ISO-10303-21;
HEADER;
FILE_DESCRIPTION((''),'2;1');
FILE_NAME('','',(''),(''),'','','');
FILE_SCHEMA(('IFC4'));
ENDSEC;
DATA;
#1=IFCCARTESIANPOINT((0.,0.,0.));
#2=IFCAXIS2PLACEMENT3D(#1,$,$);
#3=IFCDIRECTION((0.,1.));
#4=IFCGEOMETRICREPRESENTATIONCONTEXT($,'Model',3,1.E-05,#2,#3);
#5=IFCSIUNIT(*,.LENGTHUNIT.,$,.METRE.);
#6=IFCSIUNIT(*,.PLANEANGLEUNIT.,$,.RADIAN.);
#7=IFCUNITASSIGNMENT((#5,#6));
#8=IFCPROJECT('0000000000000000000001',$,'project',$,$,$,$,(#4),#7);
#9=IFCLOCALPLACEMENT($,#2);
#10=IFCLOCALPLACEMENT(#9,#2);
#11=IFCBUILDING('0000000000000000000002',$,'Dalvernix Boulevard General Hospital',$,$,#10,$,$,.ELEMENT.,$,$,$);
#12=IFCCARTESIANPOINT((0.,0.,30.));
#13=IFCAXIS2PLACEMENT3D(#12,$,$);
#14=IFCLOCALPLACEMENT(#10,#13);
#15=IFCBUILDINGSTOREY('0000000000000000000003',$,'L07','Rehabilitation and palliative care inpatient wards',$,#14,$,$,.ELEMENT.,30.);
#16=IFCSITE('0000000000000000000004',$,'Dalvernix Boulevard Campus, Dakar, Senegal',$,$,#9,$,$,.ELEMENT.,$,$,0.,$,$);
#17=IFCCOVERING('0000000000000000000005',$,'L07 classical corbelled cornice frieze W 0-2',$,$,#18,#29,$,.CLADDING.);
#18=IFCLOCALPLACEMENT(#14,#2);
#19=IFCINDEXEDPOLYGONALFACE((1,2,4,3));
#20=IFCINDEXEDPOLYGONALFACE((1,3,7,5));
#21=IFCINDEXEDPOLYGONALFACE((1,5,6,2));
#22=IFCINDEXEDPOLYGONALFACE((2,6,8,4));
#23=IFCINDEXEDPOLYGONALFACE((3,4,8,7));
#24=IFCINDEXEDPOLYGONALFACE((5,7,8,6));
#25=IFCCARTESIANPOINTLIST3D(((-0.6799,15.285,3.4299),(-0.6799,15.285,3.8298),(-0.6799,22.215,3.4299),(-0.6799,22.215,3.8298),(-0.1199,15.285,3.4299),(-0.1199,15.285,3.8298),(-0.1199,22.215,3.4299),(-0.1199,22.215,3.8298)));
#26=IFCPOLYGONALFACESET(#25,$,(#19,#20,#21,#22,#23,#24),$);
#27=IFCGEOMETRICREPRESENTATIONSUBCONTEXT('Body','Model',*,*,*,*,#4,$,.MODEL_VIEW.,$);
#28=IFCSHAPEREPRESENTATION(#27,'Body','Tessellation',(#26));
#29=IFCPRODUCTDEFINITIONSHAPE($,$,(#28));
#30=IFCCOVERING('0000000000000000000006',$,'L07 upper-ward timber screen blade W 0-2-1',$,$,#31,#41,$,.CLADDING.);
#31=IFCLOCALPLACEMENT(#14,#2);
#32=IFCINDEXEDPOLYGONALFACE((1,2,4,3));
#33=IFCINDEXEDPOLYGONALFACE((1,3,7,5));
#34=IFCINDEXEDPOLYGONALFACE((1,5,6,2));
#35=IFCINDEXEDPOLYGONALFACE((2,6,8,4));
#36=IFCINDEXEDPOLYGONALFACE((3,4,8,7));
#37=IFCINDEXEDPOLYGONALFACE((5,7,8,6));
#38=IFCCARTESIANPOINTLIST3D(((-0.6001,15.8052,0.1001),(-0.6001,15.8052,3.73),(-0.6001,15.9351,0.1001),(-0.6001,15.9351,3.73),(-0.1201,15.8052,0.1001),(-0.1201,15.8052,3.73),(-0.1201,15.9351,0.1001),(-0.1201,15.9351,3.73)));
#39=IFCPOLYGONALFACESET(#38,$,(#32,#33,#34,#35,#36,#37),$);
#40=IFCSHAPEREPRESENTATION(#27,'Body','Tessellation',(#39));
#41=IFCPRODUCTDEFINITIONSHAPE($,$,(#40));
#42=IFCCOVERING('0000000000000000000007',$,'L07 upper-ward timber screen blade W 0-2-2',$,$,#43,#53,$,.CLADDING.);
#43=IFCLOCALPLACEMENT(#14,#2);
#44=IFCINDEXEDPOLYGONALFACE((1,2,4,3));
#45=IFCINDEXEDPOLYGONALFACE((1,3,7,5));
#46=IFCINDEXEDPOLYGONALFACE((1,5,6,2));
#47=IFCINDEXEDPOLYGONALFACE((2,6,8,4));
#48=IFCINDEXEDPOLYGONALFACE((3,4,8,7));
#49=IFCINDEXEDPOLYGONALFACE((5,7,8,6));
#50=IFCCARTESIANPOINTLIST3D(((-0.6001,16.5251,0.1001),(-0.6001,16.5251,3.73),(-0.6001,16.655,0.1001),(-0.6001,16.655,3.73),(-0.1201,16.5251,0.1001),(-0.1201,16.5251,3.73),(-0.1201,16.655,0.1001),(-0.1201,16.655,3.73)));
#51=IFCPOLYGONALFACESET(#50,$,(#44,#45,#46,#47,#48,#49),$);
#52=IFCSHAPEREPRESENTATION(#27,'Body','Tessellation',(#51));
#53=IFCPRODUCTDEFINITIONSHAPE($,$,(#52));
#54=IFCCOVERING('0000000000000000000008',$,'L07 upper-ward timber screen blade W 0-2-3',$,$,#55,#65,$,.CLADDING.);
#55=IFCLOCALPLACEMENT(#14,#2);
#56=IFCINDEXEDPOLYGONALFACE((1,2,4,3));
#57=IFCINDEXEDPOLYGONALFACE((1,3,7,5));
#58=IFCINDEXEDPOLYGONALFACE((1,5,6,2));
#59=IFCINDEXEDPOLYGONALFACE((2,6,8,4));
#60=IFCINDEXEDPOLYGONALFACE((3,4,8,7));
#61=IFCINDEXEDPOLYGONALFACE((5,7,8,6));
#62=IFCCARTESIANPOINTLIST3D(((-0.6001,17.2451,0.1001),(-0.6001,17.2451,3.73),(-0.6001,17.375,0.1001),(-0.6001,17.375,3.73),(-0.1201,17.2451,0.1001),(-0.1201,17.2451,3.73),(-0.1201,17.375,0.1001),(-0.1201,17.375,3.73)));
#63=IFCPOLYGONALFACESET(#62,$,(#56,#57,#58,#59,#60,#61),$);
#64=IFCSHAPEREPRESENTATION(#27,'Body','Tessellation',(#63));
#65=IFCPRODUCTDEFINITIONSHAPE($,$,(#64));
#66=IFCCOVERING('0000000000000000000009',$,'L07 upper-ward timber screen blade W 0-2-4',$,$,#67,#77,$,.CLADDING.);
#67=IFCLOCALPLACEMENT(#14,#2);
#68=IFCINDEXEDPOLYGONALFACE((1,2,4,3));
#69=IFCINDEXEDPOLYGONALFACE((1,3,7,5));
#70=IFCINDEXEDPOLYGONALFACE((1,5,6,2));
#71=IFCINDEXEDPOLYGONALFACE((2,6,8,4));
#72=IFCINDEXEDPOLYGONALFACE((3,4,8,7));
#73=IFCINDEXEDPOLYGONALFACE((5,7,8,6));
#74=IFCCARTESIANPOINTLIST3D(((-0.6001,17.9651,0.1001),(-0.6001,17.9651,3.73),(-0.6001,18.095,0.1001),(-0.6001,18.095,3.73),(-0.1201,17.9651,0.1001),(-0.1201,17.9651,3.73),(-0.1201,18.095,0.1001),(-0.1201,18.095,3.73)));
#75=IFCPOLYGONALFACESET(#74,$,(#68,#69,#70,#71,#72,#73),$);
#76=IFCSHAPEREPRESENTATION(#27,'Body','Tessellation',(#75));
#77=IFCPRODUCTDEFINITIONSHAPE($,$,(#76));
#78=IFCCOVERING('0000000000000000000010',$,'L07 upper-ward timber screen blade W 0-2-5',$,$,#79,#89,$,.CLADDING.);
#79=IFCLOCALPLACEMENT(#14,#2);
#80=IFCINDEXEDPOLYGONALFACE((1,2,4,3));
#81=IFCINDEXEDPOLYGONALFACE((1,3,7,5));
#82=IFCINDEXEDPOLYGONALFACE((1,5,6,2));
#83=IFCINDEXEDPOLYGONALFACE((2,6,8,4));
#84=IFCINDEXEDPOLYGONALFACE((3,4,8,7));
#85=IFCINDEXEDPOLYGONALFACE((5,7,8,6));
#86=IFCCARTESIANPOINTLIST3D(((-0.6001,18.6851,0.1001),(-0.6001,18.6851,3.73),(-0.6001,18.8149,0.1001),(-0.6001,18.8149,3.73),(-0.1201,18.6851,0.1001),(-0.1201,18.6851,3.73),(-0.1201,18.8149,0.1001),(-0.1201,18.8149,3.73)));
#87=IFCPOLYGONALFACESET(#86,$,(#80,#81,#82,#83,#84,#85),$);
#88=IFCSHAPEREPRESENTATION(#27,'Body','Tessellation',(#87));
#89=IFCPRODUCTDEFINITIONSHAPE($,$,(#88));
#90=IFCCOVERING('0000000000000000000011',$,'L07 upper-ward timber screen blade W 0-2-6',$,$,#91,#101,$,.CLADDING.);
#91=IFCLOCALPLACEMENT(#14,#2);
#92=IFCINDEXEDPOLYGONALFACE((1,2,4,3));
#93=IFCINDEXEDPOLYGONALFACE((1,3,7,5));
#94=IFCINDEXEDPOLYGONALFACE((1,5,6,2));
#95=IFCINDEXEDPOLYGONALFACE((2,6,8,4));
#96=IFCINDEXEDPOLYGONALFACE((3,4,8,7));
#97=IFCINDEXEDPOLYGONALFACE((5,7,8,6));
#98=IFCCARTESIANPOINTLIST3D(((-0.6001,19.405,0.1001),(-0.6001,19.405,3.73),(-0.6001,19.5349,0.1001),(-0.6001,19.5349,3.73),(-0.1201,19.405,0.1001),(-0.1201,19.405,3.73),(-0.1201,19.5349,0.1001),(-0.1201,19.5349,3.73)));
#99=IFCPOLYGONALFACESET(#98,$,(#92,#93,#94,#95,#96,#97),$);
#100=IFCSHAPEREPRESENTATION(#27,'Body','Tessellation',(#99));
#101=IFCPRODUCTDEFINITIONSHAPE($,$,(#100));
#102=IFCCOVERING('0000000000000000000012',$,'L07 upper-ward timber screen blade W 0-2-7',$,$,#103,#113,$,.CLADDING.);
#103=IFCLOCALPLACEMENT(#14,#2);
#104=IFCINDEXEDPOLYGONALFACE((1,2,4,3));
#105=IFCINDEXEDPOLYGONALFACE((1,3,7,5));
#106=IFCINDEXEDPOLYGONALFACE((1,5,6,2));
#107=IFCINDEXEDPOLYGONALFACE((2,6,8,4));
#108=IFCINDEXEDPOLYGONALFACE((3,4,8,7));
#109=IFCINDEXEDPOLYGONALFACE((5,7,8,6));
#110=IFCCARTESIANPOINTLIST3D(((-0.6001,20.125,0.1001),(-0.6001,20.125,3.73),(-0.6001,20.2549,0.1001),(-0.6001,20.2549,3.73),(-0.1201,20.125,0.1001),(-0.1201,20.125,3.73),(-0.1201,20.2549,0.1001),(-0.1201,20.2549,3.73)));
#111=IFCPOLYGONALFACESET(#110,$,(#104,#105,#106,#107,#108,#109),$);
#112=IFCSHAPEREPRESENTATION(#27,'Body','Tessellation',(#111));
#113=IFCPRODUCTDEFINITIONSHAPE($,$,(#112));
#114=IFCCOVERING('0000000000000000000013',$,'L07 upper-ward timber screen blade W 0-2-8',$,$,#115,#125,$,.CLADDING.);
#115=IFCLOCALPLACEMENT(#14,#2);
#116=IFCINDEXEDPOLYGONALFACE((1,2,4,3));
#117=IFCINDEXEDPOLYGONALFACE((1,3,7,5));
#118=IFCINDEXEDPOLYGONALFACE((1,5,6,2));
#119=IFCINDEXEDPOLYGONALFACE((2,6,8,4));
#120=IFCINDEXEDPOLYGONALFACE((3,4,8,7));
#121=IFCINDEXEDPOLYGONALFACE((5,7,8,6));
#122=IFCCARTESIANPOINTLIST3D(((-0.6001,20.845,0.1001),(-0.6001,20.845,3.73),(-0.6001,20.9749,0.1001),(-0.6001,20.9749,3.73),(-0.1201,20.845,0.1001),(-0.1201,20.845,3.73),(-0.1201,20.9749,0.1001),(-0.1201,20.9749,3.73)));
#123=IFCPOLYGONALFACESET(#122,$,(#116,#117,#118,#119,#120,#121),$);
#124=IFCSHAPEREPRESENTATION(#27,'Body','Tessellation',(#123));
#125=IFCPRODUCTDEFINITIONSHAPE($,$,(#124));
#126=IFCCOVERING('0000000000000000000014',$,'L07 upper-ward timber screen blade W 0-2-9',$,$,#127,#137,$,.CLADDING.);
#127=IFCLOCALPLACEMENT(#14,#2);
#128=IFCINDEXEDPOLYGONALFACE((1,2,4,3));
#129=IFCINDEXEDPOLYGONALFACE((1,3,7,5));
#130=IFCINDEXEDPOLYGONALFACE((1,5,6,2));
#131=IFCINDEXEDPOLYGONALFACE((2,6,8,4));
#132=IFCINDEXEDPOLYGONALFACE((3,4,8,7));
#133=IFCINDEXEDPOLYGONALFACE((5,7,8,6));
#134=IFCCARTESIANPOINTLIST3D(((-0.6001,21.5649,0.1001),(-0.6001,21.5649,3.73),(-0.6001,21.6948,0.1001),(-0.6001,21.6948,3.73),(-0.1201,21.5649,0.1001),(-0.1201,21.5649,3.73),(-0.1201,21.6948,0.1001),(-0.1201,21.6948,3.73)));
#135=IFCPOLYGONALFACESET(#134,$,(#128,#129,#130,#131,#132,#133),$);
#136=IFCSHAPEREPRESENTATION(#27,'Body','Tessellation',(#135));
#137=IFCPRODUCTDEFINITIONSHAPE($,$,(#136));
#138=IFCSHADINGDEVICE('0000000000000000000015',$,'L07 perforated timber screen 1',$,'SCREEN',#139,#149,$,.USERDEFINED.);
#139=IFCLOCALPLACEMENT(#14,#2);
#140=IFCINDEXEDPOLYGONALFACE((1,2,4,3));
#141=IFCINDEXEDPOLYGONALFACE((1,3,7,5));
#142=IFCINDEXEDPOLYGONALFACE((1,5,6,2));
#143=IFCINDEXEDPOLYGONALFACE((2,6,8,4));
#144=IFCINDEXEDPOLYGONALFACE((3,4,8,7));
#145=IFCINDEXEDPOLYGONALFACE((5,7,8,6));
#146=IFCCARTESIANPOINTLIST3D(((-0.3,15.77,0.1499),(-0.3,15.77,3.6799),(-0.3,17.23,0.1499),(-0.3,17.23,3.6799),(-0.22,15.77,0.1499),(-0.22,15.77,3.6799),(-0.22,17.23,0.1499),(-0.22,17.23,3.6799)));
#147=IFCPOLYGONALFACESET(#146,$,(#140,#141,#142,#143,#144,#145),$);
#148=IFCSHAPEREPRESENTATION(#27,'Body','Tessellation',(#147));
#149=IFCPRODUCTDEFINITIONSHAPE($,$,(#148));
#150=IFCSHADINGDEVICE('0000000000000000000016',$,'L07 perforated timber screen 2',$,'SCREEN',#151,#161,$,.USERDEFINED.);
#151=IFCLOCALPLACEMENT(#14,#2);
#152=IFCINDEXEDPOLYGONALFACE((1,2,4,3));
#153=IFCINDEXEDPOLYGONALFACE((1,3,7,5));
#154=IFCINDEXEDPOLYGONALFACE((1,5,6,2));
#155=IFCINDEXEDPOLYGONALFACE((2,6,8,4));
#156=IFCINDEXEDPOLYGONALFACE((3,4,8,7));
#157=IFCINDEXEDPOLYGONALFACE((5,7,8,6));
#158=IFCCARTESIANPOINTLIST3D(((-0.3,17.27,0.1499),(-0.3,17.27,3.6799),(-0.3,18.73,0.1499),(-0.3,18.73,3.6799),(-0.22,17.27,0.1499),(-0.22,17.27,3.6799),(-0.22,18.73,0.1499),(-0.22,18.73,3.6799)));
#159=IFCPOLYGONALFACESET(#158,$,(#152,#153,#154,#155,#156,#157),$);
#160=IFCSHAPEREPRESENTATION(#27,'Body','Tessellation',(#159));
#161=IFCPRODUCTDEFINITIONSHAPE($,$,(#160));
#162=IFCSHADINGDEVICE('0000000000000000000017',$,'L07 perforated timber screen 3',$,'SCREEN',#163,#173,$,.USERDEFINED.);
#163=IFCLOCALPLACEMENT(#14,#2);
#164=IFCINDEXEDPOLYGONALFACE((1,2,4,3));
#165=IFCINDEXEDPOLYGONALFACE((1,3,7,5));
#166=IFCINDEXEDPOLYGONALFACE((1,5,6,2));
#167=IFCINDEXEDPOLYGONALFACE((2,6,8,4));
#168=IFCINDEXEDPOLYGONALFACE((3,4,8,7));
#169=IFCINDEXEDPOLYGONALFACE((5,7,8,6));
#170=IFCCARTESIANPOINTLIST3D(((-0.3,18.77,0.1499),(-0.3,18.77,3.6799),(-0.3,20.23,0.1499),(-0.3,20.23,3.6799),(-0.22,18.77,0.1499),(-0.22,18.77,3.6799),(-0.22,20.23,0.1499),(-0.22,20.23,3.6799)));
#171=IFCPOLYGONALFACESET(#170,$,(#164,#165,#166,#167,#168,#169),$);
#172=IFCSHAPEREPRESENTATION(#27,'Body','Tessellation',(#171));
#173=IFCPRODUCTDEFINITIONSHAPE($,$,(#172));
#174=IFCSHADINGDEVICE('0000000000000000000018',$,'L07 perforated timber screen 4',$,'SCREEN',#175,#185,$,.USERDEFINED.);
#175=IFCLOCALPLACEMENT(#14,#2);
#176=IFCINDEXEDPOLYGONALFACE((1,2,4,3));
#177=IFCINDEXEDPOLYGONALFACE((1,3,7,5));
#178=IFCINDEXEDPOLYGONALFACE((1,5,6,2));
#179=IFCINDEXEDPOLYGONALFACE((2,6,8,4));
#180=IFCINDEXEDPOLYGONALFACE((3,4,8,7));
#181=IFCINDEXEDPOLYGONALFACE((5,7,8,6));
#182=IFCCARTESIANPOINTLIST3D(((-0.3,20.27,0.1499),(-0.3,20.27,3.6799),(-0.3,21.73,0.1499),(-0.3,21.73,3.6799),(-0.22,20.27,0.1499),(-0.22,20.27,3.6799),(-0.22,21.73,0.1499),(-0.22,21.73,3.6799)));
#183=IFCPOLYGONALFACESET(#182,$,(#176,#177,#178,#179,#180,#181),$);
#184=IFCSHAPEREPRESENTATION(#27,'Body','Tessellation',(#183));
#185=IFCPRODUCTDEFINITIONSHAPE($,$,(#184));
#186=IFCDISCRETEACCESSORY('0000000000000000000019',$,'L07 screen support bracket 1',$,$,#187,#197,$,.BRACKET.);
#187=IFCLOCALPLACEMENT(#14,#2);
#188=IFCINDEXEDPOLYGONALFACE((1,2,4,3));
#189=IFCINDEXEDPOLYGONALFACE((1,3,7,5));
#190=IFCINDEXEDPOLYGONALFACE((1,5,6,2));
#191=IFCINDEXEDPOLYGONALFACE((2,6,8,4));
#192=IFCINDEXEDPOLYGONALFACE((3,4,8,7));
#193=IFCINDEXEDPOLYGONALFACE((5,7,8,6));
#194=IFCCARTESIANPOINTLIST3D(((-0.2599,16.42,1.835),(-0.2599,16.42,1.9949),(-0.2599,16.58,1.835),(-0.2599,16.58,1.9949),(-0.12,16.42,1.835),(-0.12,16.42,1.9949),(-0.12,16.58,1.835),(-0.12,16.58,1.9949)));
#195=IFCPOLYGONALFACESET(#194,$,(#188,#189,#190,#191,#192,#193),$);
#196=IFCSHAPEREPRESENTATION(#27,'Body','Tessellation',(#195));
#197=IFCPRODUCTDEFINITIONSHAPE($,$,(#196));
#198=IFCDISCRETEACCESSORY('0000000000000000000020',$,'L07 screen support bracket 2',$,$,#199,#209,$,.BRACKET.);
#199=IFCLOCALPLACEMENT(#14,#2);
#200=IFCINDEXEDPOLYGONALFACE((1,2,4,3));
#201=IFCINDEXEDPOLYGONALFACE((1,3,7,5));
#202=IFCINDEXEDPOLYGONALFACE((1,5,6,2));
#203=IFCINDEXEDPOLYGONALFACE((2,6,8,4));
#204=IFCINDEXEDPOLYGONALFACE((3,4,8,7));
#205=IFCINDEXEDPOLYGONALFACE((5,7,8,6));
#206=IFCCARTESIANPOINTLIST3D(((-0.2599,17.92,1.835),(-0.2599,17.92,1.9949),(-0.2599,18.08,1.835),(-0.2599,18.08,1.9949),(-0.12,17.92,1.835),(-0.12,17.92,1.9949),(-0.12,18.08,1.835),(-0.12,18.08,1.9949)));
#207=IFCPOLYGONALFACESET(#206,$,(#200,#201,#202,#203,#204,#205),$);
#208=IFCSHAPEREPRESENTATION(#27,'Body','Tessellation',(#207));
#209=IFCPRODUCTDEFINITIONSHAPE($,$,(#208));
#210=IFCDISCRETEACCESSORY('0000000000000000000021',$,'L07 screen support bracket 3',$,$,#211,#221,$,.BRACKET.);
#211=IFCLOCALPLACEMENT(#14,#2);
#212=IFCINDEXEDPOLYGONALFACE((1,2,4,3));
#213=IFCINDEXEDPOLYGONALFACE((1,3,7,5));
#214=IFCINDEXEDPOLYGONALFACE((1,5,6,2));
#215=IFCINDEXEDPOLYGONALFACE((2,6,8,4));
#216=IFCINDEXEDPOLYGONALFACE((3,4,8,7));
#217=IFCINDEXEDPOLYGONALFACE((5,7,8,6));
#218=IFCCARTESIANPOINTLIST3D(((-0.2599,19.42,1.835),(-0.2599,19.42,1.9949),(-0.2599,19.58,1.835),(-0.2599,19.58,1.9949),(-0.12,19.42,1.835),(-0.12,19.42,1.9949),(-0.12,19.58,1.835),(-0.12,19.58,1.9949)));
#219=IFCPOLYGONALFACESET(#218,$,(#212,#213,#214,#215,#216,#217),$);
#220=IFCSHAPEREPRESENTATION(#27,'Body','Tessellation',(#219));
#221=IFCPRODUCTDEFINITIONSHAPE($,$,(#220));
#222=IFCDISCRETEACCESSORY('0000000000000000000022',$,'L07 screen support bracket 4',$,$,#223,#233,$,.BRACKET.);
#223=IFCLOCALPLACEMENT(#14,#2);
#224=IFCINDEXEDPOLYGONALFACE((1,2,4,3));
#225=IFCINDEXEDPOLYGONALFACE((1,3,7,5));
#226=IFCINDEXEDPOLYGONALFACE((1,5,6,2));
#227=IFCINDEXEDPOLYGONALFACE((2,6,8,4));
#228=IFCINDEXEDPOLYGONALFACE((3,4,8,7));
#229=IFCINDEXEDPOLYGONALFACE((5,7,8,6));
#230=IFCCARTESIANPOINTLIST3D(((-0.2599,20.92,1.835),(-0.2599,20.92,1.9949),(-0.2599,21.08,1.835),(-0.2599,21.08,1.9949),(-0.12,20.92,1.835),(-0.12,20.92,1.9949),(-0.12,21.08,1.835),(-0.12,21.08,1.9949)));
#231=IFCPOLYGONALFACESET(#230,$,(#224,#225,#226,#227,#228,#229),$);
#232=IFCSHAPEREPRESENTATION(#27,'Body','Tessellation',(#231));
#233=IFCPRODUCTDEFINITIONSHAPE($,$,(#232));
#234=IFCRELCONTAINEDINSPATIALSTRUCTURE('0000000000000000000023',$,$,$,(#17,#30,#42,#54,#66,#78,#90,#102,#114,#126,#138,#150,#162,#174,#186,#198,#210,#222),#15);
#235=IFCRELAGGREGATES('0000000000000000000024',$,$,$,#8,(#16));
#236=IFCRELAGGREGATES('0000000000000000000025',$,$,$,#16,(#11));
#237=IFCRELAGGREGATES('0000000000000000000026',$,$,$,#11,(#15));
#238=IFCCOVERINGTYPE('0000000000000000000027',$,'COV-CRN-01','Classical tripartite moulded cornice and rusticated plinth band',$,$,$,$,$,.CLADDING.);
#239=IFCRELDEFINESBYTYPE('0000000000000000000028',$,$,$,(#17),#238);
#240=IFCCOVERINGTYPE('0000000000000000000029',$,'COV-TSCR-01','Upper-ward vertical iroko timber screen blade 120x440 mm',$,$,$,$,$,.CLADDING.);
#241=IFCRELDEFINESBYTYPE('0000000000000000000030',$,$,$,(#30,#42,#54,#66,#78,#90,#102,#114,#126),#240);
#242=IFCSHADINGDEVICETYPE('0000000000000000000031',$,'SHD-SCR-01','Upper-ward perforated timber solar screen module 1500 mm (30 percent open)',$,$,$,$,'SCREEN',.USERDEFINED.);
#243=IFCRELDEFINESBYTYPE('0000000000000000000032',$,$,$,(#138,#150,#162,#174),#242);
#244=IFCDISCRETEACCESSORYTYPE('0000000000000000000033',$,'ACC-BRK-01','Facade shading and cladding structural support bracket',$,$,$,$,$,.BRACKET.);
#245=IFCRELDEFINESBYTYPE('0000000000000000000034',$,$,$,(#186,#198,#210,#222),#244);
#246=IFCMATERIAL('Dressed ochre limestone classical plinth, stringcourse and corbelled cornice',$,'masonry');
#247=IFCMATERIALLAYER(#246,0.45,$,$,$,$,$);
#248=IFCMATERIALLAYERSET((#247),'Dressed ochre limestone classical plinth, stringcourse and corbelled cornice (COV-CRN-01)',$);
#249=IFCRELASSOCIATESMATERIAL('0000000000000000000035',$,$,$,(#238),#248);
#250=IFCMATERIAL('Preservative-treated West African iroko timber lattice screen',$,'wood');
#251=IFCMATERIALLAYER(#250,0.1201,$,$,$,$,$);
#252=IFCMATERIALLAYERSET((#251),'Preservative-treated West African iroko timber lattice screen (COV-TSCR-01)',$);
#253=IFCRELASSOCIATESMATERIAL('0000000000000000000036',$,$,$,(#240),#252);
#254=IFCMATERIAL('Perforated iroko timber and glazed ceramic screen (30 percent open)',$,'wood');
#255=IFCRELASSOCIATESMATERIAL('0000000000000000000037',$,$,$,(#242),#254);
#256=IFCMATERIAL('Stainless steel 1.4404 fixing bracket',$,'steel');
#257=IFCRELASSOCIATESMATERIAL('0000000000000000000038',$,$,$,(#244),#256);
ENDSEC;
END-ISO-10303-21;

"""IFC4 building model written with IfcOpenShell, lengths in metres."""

from ifc_helpers import new_model, si_unit, direction, frame, origin, origin_2d, place, context, subcontext, project, spatial, rectangle, extrude, material, layer, layer_set, type_object, element, save


model = new_model("IFC4")

# Units and contexts
model_context = context("Model", 3, precision=1e-05, world=origin(), true_north=direction((0.0, 1.0)))
body_context = subcontext(model_context, "Body", "Model", "MODEL_VIEW")
ifc_project = project(units=[si_unit("LENGTHUNIT", "METRE"), si_unit("PLANEANGLEUNIT", "RADIAN")], contexts=[model_context])

# Site, building, storey
site_placement = place(None, origin())
site = spatial("IfcSite", under=ifc_project, at=site_placement, Name="Dalvernix Boulevard Campus, Dakar, Senegal", CompositionType="ELEMENT", RefElevation=0.0)
building_placement = place(site_placement, origin())
building = spatial("IfcBuilding", under=site, at=building_placement, Name="Dalvernix Boulevard General Hospital", CompositionType="ELEMENT")
storey_placement = place(building_placement, frame((0.0, 0.0, 30.0)))
storey = spatial("IfcBuildingStorey", under=building, at=storey_placement, Name="L07", Description="Rehabilitation and palliative care inpatient wards", CompositionType="ELEMENT", Elevation=30.0)

# Coverings
ifc_material_1 = material(Name="Dressed ochre limestone classical plinth, stringcourse and corbelled cornice", Category="masonry")
ifc_layer_1 = layer(ifc_material_1, 0.45)
ifc_layer_set_1 = layer_set([ifc_layer_1], Name="Dressed ochre limestone classical plinth, stringcourse and corbelled cornice (COV-CRN-01)")
covering_type_1 = type_object("IfcCoveringType", Name="COV-CRN-01", Description="Classical tripartite moulded cornice and rusticated plinth band", PredefinedType="CLADDING", material=ifc_layer_set_1)
covering_placement = place(storey_placement, frame((-0.3999, 18.75, 3.4299), z_axis=(0.0, 0.0, 1.0), x_axis=(0.0, 1.0, 0.0)))
element("IfcCovering", 1, at=covering_placement, inside=storey, type_object=covering_type_1, Name="L07 classical corbelled cornice frieze W 0-2", PredefinedType="CLADDING", context=body_context, shape_type="SweptSolid", body=[
    extrude(rectangle(XDim=6.9299, YDim=0.5601, at=origin_2d()), origin(), (0.0, 0.0, 1.0), 0.3999),
])
ifc_material_2 = material(Name="Preservative-treated West African iroko timber lattice screen", Category="wood")
ifc_layer_2 = layer(ifc_material_2, 0.1201)
ifc_layer_set_2 = layer_set([ifc_layer_2], Name="Preservative-treated West African iroko timber lattice screen (COV-TSCR-01)")
covering_type_2 = type_object("IfcCoveringType", Name="COV-TSCR-01", Description="Upper-ward vertical iroko timber screen blade 120x440 mm", PredefinedType="CLADDING", material=ifc_layer_set_2)
for number, where, z_axis, x_axis, name in (
    (2, (-0.3601, 15.8701, 0.1001), (0.0, 0.0, 1.0), (0.0, 1.0, 0.0), "L07 upper-ward timber screen blade W 0-2-1"),
    (3, (-0.3601, 16.5901, 0.1001), (0.0, 0.0, 1.0), (0.0, 1.0, 0.0), "L07 upper-ward timber screen blade W 0-2-2"),
    (4, (-0.3601, 17.3101, 0.1001), (0.0, 0.0, 1.0), (0.0, 1.0, 0.0), "L07 upper-ward timber screen blade W 0-2-3"),
    (5, (-0.3601, 18.03, 0.1001), (0.0, 0.0, 1.0), (0.0, 1.0, 0.0), "L07 upper-ward timber screen blade W 0-2-4"),
    (6, (-0.3601, 18.75, 0.1001), (0.0, 0.0, 1.0), (0.0, 1.0, 0.0), "L07 upper-ward timber screen blade W 0-2-5"),
    (7, (-0.3601, 19.47, 0.1001), (0.0, 0.0, 1.0), (0.0, 1.0, 0.0), "L07 upper-ward timber screen blade W 0-2-6"),
    (8, (-0.3601, 20.1899, 0.1001), (0.0, 0.0, 1.0), (0.0, 1.0, 0.0), "L07 upper-ward timber screen blade W 0-2-7"),
    (9, (-0.3601, 20.9099, 0.1001), (0.0, 0.0, 1.0), (0.0, 1.0, 0.0), "L07 upper-ward timber screen blade W 0-2-8"),
    (10, (-0.3601, 21.6299, 0.1001), (0.0, 0.0, 1.0), (0.0, 1.0, 0.0), "L07 upper-ward timber screen blade W 0-2-9"),
):
    element("IfcCovering", number, at=place(storey_placement, frame(where, z_axis=z_axis, x_axis=x_axis)), inside=storey, type_object=covering_type_2, Name=name, PredefinedType="CLADDING", context=body_context, shape_type="SweptSolid", body=[
        extrude(rectangle(XDim=0.1299, YDim=0.48, at=origin_2d()), origin(), (0.0, 0.0, 1.0), 3.6299),
    ])

# Shading devices
ifc_material_3 = material(Name="Perforated iroko timber and glazed ceramic screen (30 percent open)", Category="wood")
shading_device_type = type_object("IfcShadingDeviceType", Name="SHD-SCR-01", Description="Upper-ward perforated timber solar screen module 1500 mm (30 percent open)", ElementType="SCREEN", PredefinedType="USERDEFINED", material=ifc_material_3)
for number, where, z_axis, x_axis, name in (
    (11, (-0.26, 16.5, 0.1499), (0.0, 0.0, 1.0), (0.0, 1.0, 0.0), "L07 perforated timber screen 1"),
    (12, (-0.26, 18.0, 0.1499), (0.0, 0.0, 1.0), (0.0, 1.0, 0.0), "L07 perforated timber screen 2"),
    (13, (-0.26, 19.5, 0.1499), (0.0, 0.0, 1.0), (0.0, 1.0, 0.0), "L07 perforated timber screen 3"),
    (14, (-0.26, 21.0, 0.1499), (0.0, 0.0, 1.0), (0.0, 1.0, 0.0), "L07 perforated timber screen 4"),
):
    element("IfcShadingDevice", number, at=place(storey_placement, frame(where, z_axis=z_axis, x_axis=x_axis)), inside=storey, type_object=shading_device_type, Name=name, ObjectType="SCREEN", PredefinedType="USERDEFINED", context=body_context, shape_type="SweptSolid", body=[
        extrude(rectangle(XDim=1.46, YDim=0.0801, at=origin_2d()), origin(), (0.0, 0.0, 1.0), 3.53),
    ])

# Discrete accessories
ifc_material_4 = material(Name="Stainless steel 1.4404 fixing bracket", Category="steel")
discrete_accessory_type = type_object("IfcDiscreteAccessoryType", Name="ACC-BRK-01", Description="Facade shading and cladding structural support bracket", PredefinedType="BRACKET", material=ifc_material_4)
for number, where, z_axis, x_axis, name in (
    (15, (-0.1899, 16.5, 1.835), (0.0, 0.0, 1.0), (0.0, 1.0, 0.0), "L07 screen support bracket 1"),
    (16, (-0.1899, 18.0, 1.835), (0.0, 0.0, 1.0), (0.0, 1.0, 0.0), "L07 screen support bracket 2"),
    (17, (-0.1899, 19.5, 1.835), (0.0, 0.0, 1.0), (0.0, 1.0, 0.0), "L07 screen support bracket 3"),
    (18, (-0.1899, 21.0, 1.835), (0.0, 0.0, 1.0), (0.0, 1.0, 0.0), "L07 screen support bracket 4"),
):
    element("IfcDiscreteAccessory", number, at=place(storey_placement, frame(where, z_axis=z_axis, x_axis=x_axis)), inside=storey, type_object=discrete_accessory_type, Name=name, PredefinedType="BRACKET", context=body_context, shape_type="SweptSolid", body=[
        extrude(rectangle(XDim=0.1599, YDim=0.1399, at=origin_2d()), origin(), (0.0, 0.0, 1.0), 0.1599),
    ])

save(model, "model.ifc")
